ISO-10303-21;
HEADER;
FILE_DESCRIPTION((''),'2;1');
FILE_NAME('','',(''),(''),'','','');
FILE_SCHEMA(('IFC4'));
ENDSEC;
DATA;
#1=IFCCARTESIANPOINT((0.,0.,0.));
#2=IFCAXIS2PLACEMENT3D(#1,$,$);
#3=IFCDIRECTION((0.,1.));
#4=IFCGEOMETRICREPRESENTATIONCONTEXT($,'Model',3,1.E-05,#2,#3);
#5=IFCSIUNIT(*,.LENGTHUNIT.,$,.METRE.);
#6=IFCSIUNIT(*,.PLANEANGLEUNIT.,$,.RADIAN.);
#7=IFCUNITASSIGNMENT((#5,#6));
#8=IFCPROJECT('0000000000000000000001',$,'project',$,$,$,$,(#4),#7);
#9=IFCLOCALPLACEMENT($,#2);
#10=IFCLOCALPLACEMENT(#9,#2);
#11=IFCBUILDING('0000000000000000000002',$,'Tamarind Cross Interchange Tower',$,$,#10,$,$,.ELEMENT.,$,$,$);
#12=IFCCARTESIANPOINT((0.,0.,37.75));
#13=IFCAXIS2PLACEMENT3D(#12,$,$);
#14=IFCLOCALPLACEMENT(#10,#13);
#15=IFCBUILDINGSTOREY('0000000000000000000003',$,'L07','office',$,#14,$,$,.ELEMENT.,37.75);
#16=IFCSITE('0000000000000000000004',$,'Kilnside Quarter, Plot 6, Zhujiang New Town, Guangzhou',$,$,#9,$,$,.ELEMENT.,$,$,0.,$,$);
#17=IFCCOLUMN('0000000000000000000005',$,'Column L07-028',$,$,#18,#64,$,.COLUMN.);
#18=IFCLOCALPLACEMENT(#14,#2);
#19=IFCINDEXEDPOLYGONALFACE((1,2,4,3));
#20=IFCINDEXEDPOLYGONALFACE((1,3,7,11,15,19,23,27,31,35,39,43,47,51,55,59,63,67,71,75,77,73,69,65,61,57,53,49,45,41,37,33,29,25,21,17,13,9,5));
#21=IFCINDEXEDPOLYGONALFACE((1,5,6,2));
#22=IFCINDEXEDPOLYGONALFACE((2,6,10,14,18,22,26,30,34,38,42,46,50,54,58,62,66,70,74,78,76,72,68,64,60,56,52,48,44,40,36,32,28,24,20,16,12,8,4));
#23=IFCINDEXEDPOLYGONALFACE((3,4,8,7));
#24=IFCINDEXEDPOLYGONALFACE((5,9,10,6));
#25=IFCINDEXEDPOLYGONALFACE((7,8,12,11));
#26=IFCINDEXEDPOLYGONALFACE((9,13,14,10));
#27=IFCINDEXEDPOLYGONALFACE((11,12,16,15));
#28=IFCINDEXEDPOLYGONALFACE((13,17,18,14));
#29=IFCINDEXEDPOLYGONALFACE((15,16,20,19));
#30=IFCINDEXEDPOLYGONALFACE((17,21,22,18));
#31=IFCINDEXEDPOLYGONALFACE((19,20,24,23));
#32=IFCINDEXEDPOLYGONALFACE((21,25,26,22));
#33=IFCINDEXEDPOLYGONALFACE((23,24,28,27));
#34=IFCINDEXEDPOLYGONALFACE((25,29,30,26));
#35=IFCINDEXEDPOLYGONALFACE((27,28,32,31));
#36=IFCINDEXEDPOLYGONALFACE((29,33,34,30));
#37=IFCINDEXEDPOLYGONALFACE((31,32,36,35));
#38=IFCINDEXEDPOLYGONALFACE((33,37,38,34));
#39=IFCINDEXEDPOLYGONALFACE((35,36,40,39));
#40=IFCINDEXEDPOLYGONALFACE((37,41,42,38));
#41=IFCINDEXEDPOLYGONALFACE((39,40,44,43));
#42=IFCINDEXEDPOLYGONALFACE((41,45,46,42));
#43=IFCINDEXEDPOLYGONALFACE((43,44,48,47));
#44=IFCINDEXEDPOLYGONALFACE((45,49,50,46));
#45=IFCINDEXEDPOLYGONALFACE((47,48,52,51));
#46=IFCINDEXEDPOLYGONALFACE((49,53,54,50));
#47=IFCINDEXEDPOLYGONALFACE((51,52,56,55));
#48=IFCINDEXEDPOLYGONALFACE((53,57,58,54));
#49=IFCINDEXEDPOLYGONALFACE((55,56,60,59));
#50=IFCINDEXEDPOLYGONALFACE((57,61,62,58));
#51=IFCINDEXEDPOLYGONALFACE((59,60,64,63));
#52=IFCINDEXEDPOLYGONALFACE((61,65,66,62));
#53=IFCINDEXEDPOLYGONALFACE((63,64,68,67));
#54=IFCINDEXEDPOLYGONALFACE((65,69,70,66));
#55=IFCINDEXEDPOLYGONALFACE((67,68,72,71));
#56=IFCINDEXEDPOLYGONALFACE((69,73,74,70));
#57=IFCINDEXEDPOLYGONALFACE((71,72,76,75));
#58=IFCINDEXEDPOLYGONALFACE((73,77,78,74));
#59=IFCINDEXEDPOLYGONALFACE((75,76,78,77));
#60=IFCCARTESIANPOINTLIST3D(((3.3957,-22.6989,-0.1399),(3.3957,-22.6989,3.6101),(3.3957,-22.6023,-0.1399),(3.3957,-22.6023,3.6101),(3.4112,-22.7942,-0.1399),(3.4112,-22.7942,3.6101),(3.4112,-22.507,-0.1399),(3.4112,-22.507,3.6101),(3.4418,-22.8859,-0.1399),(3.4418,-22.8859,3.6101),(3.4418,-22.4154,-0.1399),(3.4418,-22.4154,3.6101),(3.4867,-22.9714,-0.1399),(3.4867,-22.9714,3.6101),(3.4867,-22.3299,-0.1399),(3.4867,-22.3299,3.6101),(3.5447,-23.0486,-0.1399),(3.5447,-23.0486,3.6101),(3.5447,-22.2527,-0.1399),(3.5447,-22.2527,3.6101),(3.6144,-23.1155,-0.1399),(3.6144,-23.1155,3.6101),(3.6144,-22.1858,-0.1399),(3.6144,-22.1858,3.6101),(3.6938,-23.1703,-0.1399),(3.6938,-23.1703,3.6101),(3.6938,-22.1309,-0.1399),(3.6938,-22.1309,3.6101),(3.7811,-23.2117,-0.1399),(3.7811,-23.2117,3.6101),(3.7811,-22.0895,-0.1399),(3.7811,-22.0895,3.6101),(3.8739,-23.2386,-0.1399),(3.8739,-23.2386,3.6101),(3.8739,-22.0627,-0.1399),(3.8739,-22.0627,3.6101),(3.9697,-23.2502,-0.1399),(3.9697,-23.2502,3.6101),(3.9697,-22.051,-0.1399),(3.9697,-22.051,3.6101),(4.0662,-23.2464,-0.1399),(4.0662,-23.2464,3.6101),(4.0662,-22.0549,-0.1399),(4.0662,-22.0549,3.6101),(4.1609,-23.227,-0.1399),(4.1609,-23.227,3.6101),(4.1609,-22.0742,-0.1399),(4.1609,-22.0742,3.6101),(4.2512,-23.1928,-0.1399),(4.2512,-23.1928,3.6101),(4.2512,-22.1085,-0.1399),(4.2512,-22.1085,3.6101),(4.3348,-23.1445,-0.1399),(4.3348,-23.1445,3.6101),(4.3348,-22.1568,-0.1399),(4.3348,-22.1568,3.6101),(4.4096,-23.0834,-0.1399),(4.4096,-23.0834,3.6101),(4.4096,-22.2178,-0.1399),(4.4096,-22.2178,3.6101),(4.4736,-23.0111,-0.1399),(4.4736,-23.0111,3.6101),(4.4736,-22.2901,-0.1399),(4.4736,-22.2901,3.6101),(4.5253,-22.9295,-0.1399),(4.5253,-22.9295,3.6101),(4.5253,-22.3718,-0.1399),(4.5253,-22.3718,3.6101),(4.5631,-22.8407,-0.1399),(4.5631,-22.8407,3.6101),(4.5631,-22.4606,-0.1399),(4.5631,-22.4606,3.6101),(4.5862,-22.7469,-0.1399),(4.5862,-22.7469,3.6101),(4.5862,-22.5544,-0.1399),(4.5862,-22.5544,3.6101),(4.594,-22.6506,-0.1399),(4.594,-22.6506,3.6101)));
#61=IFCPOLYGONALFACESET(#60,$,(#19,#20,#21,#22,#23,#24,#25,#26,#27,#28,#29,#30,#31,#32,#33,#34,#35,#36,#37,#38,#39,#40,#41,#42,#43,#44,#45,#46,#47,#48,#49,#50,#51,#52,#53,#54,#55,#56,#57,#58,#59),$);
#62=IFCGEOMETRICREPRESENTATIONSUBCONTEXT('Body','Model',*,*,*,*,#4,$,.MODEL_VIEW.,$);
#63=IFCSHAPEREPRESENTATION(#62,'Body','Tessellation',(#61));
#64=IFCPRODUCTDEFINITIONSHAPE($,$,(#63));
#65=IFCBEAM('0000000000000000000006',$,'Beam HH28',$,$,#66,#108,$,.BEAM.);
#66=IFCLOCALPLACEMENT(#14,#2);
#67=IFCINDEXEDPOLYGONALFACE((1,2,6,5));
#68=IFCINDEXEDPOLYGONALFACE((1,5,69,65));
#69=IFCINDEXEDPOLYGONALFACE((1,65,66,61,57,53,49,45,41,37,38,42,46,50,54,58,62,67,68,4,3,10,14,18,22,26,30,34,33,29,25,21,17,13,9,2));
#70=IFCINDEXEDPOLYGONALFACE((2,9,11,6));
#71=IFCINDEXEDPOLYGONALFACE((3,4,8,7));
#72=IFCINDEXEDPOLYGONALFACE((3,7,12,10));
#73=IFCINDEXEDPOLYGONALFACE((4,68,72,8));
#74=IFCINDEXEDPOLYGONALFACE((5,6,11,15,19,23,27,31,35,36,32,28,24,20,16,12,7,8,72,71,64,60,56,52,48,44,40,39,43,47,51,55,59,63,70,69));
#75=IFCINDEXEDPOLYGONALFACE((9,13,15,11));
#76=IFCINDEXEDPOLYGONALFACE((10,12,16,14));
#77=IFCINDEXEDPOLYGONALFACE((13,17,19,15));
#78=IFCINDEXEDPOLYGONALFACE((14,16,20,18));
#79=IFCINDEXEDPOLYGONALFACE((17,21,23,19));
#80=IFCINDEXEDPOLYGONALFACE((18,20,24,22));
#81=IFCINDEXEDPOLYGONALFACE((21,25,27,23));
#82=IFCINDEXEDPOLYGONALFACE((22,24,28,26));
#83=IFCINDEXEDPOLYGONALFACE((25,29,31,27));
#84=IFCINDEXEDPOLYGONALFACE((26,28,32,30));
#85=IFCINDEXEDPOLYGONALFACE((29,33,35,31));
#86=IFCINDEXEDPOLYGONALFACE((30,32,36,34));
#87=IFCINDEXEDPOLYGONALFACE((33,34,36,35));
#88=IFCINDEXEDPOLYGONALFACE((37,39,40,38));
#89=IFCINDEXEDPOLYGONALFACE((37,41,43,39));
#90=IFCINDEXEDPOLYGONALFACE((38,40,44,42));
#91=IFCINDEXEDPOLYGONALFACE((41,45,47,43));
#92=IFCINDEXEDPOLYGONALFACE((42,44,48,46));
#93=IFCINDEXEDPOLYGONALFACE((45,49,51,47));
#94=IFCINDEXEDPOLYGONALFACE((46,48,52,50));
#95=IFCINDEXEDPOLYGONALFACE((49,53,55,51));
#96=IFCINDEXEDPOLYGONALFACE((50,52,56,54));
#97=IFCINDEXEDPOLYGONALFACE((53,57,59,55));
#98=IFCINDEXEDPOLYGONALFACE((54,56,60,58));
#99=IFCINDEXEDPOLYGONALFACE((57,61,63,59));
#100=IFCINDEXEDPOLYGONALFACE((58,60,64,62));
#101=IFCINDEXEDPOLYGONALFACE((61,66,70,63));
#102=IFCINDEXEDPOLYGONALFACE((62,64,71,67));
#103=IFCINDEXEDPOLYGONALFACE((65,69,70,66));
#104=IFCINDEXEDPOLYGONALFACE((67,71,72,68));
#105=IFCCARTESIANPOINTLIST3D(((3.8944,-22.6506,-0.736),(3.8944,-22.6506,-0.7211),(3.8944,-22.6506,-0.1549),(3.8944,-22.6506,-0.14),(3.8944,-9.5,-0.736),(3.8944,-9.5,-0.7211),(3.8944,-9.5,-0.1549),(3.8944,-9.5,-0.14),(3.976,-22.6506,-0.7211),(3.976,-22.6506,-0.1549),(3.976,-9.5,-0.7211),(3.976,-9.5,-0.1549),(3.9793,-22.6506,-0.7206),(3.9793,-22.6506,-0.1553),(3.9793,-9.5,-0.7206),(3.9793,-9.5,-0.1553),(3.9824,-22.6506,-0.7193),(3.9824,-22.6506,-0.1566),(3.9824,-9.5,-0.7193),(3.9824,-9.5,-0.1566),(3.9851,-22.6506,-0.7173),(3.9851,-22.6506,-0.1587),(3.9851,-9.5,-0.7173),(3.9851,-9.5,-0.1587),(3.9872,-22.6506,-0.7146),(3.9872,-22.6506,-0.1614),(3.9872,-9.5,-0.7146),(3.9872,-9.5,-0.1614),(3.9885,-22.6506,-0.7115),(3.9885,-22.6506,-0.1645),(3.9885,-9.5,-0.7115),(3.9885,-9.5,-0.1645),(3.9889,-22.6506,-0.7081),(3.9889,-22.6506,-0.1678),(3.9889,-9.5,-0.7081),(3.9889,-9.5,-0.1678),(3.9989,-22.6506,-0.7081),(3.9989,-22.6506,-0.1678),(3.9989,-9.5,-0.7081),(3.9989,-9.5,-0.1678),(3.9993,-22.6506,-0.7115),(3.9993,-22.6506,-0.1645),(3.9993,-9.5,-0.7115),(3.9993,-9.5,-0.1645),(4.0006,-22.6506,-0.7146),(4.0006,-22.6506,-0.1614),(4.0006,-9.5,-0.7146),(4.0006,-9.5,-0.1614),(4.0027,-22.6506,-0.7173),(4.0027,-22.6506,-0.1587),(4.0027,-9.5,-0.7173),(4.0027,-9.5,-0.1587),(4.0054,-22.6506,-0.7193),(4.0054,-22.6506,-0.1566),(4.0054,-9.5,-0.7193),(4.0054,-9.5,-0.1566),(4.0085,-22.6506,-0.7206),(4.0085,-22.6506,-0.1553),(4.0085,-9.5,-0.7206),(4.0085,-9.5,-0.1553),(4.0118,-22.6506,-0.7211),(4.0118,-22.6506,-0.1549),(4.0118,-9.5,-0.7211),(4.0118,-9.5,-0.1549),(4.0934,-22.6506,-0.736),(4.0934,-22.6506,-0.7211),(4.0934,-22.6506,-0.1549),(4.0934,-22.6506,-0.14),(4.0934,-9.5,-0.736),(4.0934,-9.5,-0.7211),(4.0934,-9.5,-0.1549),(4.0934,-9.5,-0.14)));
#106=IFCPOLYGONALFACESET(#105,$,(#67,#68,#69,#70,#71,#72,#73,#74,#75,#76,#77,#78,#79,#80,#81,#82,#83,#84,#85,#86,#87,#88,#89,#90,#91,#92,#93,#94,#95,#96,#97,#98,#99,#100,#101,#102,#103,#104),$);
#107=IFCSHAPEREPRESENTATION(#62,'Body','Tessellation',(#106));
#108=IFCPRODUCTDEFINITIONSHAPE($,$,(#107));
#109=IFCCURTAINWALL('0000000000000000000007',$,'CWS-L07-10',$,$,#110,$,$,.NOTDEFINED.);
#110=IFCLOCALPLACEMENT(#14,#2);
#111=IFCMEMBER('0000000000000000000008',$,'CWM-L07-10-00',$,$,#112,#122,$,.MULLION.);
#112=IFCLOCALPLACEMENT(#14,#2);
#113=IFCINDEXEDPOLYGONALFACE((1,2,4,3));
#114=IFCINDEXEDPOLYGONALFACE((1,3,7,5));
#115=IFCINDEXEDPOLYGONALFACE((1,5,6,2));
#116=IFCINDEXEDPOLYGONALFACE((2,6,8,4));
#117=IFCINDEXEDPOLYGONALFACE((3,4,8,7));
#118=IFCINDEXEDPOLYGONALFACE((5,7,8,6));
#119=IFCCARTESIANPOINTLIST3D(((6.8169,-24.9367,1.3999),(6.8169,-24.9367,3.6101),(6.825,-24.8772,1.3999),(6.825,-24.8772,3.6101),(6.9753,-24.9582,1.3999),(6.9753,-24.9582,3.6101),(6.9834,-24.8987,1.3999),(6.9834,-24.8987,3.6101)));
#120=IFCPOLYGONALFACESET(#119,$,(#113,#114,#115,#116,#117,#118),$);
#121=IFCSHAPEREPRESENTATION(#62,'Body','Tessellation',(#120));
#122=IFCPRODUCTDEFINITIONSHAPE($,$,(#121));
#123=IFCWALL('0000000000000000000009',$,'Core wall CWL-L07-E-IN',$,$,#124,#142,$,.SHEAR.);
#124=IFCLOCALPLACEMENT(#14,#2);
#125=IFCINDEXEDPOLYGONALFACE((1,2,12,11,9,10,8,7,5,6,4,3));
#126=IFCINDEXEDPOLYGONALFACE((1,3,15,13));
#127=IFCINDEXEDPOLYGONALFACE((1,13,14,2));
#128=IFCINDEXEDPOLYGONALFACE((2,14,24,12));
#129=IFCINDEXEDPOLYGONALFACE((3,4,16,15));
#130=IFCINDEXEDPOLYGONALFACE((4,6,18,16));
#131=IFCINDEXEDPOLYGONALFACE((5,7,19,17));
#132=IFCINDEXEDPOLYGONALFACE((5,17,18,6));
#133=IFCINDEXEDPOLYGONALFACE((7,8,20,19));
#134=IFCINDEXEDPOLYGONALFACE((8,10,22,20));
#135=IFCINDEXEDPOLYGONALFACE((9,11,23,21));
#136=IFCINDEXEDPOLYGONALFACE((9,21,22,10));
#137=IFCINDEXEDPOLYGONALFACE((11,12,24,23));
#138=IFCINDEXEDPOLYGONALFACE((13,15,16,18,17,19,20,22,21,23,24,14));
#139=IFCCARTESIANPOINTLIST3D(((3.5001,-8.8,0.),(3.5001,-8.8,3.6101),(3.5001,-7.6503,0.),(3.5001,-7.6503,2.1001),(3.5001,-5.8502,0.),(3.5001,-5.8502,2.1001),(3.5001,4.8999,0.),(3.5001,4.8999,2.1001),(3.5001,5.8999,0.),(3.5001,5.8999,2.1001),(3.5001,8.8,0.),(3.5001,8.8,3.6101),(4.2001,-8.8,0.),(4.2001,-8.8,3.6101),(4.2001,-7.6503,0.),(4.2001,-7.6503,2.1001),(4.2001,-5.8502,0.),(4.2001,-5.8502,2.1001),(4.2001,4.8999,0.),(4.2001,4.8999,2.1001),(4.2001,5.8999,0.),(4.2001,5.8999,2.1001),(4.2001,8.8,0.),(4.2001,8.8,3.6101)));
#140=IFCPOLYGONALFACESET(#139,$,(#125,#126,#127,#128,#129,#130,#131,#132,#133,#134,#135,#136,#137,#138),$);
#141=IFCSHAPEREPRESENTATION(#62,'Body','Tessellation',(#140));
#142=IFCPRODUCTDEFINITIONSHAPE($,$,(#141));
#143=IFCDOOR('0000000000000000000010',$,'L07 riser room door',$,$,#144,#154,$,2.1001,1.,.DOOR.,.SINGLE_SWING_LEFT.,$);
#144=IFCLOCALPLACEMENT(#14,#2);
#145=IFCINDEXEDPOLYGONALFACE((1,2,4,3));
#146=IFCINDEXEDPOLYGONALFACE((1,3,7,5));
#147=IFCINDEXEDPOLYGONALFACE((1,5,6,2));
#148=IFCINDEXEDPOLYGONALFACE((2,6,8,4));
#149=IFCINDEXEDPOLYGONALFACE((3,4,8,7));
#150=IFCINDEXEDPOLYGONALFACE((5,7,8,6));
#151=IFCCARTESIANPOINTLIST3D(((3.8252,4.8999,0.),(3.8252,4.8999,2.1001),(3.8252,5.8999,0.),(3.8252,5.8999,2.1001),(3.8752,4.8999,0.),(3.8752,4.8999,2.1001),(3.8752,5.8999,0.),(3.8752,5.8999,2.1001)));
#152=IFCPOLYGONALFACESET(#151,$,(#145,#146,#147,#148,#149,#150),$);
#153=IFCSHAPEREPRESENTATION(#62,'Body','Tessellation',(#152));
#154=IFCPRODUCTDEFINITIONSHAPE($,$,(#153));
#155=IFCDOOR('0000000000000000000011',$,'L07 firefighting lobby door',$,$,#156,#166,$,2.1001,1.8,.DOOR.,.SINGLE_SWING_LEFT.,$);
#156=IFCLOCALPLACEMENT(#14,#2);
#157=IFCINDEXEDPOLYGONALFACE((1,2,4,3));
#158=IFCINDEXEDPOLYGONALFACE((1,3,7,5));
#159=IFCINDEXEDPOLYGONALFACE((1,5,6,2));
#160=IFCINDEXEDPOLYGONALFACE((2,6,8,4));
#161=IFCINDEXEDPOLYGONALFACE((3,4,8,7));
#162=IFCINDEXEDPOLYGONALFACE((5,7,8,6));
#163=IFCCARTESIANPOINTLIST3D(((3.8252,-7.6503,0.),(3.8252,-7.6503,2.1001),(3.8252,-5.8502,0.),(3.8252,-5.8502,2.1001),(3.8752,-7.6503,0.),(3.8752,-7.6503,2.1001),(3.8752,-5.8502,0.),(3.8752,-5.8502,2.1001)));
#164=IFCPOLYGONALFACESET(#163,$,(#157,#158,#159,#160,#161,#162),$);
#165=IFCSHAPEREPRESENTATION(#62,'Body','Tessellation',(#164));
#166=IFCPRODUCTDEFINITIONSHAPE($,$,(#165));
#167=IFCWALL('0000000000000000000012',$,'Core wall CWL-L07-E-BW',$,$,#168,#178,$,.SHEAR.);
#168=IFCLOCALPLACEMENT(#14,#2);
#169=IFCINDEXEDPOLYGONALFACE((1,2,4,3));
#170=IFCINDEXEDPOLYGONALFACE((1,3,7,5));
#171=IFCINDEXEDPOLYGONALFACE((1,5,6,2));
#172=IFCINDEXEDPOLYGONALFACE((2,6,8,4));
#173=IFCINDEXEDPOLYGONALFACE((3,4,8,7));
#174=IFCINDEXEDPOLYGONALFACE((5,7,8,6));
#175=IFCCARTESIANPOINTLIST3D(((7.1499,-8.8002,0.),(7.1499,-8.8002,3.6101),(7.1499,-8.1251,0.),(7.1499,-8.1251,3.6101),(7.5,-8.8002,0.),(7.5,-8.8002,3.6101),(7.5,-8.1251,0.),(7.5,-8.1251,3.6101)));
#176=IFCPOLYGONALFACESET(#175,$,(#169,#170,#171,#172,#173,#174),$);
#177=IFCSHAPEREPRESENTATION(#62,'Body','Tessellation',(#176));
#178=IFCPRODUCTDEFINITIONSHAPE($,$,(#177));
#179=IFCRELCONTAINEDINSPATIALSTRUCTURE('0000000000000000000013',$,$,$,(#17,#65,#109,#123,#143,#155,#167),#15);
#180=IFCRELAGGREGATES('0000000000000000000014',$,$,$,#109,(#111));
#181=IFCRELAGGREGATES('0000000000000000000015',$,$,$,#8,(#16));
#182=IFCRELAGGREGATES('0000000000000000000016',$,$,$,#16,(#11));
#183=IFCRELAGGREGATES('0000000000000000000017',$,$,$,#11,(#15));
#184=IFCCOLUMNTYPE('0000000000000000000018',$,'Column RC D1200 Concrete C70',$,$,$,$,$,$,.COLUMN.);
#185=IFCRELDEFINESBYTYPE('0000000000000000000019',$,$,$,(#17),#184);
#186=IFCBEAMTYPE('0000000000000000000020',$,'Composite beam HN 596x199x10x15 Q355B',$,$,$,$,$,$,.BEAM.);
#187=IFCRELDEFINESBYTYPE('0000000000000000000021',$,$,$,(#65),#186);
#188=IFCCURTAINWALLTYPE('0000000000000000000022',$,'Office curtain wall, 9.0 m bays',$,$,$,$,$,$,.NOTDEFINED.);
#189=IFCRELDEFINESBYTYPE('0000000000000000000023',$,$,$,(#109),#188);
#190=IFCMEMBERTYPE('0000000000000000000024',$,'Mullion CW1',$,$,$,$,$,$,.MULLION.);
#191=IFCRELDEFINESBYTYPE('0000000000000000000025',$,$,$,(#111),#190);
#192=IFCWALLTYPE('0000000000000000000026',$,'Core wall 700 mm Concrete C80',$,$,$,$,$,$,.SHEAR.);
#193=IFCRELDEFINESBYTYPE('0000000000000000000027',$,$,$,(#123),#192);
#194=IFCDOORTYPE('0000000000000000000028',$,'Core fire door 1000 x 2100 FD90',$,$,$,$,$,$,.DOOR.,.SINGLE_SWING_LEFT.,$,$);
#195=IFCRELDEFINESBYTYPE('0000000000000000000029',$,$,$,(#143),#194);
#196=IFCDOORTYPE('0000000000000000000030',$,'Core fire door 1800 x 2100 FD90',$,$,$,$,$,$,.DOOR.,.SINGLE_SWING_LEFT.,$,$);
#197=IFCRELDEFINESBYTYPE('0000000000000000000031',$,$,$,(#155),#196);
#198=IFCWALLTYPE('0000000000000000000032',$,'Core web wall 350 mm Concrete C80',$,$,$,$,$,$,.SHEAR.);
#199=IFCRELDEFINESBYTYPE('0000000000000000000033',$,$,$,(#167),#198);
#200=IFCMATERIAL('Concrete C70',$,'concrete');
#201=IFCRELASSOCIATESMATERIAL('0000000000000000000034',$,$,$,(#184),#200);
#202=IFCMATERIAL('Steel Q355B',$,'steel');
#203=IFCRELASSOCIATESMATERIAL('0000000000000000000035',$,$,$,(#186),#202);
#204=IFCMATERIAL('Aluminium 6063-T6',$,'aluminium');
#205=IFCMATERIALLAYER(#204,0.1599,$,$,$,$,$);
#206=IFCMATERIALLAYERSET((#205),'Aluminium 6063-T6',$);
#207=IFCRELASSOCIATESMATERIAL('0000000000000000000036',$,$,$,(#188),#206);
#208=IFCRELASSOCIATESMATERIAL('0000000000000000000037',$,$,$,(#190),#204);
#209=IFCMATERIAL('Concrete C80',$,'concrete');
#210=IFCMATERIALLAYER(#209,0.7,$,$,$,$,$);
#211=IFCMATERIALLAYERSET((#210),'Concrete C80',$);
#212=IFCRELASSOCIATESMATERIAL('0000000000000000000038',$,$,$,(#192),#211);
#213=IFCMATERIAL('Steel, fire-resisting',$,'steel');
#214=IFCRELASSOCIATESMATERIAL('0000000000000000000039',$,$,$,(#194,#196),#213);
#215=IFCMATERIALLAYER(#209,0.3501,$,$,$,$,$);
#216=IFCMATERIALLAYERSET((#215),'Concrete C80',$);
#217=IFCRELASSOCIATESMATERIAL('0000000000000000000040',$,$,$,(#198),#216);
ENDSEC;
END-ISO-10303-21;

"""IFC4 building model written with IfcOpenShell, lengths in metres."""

from ifc_helpers import new_model, si_unit, direction, frame, frame_2d, origin, origin_2d, place, context, subcontext, project, spatial, rectangle, circle, i_section, extrude, material, layer, layer_set, material_profile, profile_set, type_object, element, fill, aggregate, save


model = new_model("IFC4")

# Units and contexts
model_context = context("Model", 3, precision=1e-05, world=origin(), true_north=direction((0.0, 1.0)))
body_context = subcontext(model_context, "Body", "Model", "MODEL_VIEW")
ifc_project = project(units=[si_unit("LENGTHUNIT", "METRE"), si_unit("PLANEANGLEUNIT", "RADIAN")], contexts=[model_context])

# Site, building, storey
site_placement = place(None, origin())
site = spatial("IfcSite", under=ifc_project, at=site_placement, Name="Kilnside Quarter, Plot 6, Zhujiang New Town, Guangzhou", CompositionType="ELEMENT", RefElevation=0.0)
building_placement = place(site_placement, origin())
building = spatial("IfcBuilding", under=site, at=building_placement, Name="Tamarind Cross Interchange Tower", CompositionType="ELEMENT")
storey_placement = place(building_placement, frame((0.0, 0.0, 37.75)))
storey = spatial("IfcBuildingStorey", under=building, at=storey_placement, Name="L07", Description="office", CompositionType="ELEMENT", Elevation=37.75)

# Column
ifc_material_1 = material(Name="Concrete C70", Category="concrete")
ifc_material_profile_1 = material_profile(ifc_material_1, circle(Radius=0.6001, at=origin_2d()), Name="RC D1200")
ifc_profile_set_1 = profile_set([ifc_material_profile_1], Name="Concrete C70")
column_type = type_object("IfcColumnType", Name="Column RC D1200 Concrete C70", PredefinedType="COLUMN", material=ifc_profile_set_1)
column_placement = place(storey_placement, frame((3.9939, -22.6506, -0.1399), z_axis=(0.0, 0.0, 1.0), x_axis=(1.0, 0.0, 0.0)))
element("IfcColumn", 1, at=column_placement, inside=storey, type_object=column_type, Name="Column L07-028", PredefinedType="COLUMN", context=body_context, shape_type="SweptSolid", body=[
    extrude(circle(Radius=0.6001, at=origin_2d()), origin(), (0.0, 0.0, 1.0), 3.75),
])

# Beam
ifc_material_2 = material(Name="Steel Q355B", Category="steel")
ifc_material_profile_2 = material_profile(ifc_material_2, i_section(OverallWidth=0.199, OverallDepth=0.5959, WebThickness=0.01, FlangeThickness=0.0149, FilletRadius=0.0129, at=origin_2d()), Name="HN 596x199x10x15")
ifc_profile_set_2 = profile_set([ifc_material_profile_2], Name="Steel Q355B")
beam_type = type_object("IfcBeamType", Name="Composite beam HN 596x199x10x15 Q355B", PredefinedType="BEAM", material=ifc_profile_set_2)
beam_placement = place(storey_placement, frame((3.9939, -22.6506, -0.438), z_axis=(0.0, 1.0, 0.0), x_axis=(-1.0, 0.0, 0.0)))
element("IfcBeam", 2, at=beam_placement, inside=storey, type_object=beam_type, Name="Beam HH28", PredefinedType="BEAM", context=body_context, shape_type="SweptSolid", body=[
    extrude(i_section(OverallWidth=0.199, OverallDepth=0.5959, WebThickness=0.01, FlangeThickness=0.0149, FilletRadius=0.0129, at=origin_2d()), origin(), (0.0, 0.0, 1.0), 13.1506),
])

# Curtain wall, member
ifc_material_3 = material(Name="Aluminium 6063-T6", Category="aluminium")
ifc_layer_1 = layer(ifc_material_3, 0.1599)
ifc_layer_set_1 = layer_set([ifc_layer_1], Name="Aluminium 6063-T6")
curtain_wall_type = type_object("IfcCurtainWallType", Name="Office curtain wall, 9.0 m bays", PredefinedType="NOTDEFINED", material=ifc_layer_set_1)
curtain_wall_placement = place(storey_placement, origin())
curtain_wall = element("IfcCurtainWall", 3, at=curtain_wall_placement, inside=storey, type_object=curtain_wall_type, Name="CWS-L07-10", PredefinedType="NOTDEFINED")
ifc_material_profile_3 = material_profile(ifc_material_3, rectangle(XDim=0.0601, YDim=0.1599, at=origin_2d()), Name="Mullion CW1")
ifc_profile_set_3 = profile_set([ifc_material_profile_3], Name="Aluminium 6063-T6")
member_type = type_object("IfcMemberType", Name="Mullion CW1", PredefinedType="MULLION", material=ifc_profile_set_3)
member_placement = place(storey_placement, frame((6.9001, -24.9177, 1.3999), z_axis=(0.0, 0.0, 1.0), x_axis=(0.134501, 0.990913, 0.0)))
member = element("IfcMember", 4, at=member_placement, type_object=member_type, Name="CWM-L07-10-00", PredefinedType="MULLION", context=body_context, shape_type="SweptSolid", body=[
    extrude(rectangle(XDim=0.0601, YDim=0.1599, at=origin_2d()), origin(), (0.0, 0.0, 1.0), 2.2102),
])
aggregate(curtain_wall, [member])

# Wall, openings, doors
ifc_material_4 = material(Name="Concrete C80", Category="concrete")
ifc_layer_2 = layer(ifc_material_4, 0.7)
ifc_layer_set_2 = layer_set([ifc_layer_2], Name="Concrete C80")
wall_type_1 = type_object("IfcWallType", Name="Core wall 700 mm Concrete C80", PredefinedType="SHEAR", material=ifc_layer_set_2)
wall_1_placement = place(storey_placement, frame((3.8501, -8.8, 0.0), z_axis=(0.0, 0.0, 1.0), x_axis=(0.0, 1.0, 0.0)))
wall_1 = element("IfcWall", 5, at=wall_1_placement, inside=storey, type_object=wall_type_1, Name="Core wall CWL-L07-E-IN", PredefinedType="SHEAR", context=body_context, shape_type="SweptSolid", body=[
    extrude(rectangle(XDim=17.6001, YDim=0.7, at=frame_2d((8.8, 0.0))), origin(), (0.0, 0.0, 1.0), 3.6101),
])
opening_1_placement = place(wall_1_placement, frame((1.1499, 0.0, 0.0)))
opening_1 = element("IfcOpeningElement", 6, at=opening_1_placement, cuts=wall_1, PredefinedType="OPENING", context=body_context, shape_type="SweptSolid", body=[
    extrude(rectangle(XDim=1.8, YDim=2.1001, at=frame_2d((0.8999, 1.05))), frame((0.0, 0.3599, 0.0), z_axis=(0.0, -1.0, 0.0), x_axis=(1.0, 0.0, 0.0)), (0.0, 0.0, 1.0), 0.72),
])
opening_2_placement = place(wall_1_placement, frame((13.7, 0.0, 0.0)))
opening_2 = element("IfcOpeningElement", 7, at=opening_2_placement, cuts=wall_1, PredefinedType="OPENING", context=body_context, shape_type="SweptSolid", body=[
    extrude(rectangle(XDim=1.0, YDim=2.1001, at=frame_2d((0.5, 1.05))), frame((0.0, 0.3599, 0.0), z_axis=(0.0, -1.0, 0.0), x_axis=(1.0, 0.0, 0.0)), (0.0, 0.0, 1.0), 0.72),
])
ifc_material_5 = material(Name="Steel, fire-resisting", Category="steel")
door_type_1 = type_object("IfcDoorType", Name="Core fire door 1000 x 2100 FD90", OperationType="SINGLE_SWING_LEFT", PredefinedType="DOOR", material=ifc_material_5)
door_1_placement = place(opening_2_placement, origin())
door_1 = element("IfcDoor", 8, at=door_1_placement, inside=storey, type_object=door_type_1, Name="L07 riser room door", OperationType="SINGLE_SWING_LEFT", OverallHeight=2.1001, OverallWidth=1.0, PredefinedType="DOOR", context=body_context, shape_type="SweptSolid", body=[
    extrude(rectangle(XDim=1.0, YDim=2.1001, at=frame_2d((0.5, 1.05))), frame((0.0, 0.0249, 0.0), z_axis=(0.0, -1.0, 0.0), x_axis=(1.0, 0.0, 0.0)), (0.0, 0.0, 1.0), 0.05),
])
fill(opening_2, door_1)
door_type_2 = type_object("IfcDoorType", Name="Core fire door 1800 x 2100 FD90", OperationType="SINGLE_SWING_LEFT", PredefinedType="DOOR", material=ifc_material_5)
door_2_placement = place(opening_1_placement, origin())
door_2 = element("IfcDoor", 9, at=door_2_placement, inside=storey, type_object=door_type_2, Name="L07 firefighting lobby door", OperationType="SINGLE_SWING_LEFT", OverallHeight=2.1001, OverallWidth=1.8, PredefinedType="DOOR", context=body_context, shape_type="SweptSolid", body=[
    extrude(rectangle(XDim=1.8, YDim=2.1001, at=frame_2d((0.8999, 1.05))), frame((0.0, 0.0249, 0.0), z_axis=(0.0, -1.0, 0.0), x_axis=(1.0, 0.0, 0.0)), (0.0, 0.0, 1.0), 0.05),
])
fill(opening_1, door_2)

# Wall
ifc_layer_3 = layer(ifc_material_4, 0.3501)
ifc_layer_set_3 = layer_set([ifc_layer_3], Name="Concrete C80")
wall_type_2 = type_object("IfcWallType", Name="Core web wall 350 mm Concrete C80", PredefinedType="SHEAR", material=ifc_layer_set_3)
wall_2_placement = place(storey_placement, frame((7.325, -8.8, 0.0), z_axis=(0.0, 0.0, 1.0), x_axis=(0.0, 1.0, 0.0)))
element("IfcWall", 10, at=wall_2_placement, inside=storey, type_object=wall_type_2, Name="Core wall CWL-L07-E-BW", PredefinedType="SHEAR", context=body_context, shape_type="SweptSolid", body=[
    extrude(rectangle(XDim=0.675, YDim=0.3501, at=frame_2d((0.3374, 0.0))), origin(), (0.0, 0.0, 1.0), 3.6101),
])

save(model, "model.ifc")
